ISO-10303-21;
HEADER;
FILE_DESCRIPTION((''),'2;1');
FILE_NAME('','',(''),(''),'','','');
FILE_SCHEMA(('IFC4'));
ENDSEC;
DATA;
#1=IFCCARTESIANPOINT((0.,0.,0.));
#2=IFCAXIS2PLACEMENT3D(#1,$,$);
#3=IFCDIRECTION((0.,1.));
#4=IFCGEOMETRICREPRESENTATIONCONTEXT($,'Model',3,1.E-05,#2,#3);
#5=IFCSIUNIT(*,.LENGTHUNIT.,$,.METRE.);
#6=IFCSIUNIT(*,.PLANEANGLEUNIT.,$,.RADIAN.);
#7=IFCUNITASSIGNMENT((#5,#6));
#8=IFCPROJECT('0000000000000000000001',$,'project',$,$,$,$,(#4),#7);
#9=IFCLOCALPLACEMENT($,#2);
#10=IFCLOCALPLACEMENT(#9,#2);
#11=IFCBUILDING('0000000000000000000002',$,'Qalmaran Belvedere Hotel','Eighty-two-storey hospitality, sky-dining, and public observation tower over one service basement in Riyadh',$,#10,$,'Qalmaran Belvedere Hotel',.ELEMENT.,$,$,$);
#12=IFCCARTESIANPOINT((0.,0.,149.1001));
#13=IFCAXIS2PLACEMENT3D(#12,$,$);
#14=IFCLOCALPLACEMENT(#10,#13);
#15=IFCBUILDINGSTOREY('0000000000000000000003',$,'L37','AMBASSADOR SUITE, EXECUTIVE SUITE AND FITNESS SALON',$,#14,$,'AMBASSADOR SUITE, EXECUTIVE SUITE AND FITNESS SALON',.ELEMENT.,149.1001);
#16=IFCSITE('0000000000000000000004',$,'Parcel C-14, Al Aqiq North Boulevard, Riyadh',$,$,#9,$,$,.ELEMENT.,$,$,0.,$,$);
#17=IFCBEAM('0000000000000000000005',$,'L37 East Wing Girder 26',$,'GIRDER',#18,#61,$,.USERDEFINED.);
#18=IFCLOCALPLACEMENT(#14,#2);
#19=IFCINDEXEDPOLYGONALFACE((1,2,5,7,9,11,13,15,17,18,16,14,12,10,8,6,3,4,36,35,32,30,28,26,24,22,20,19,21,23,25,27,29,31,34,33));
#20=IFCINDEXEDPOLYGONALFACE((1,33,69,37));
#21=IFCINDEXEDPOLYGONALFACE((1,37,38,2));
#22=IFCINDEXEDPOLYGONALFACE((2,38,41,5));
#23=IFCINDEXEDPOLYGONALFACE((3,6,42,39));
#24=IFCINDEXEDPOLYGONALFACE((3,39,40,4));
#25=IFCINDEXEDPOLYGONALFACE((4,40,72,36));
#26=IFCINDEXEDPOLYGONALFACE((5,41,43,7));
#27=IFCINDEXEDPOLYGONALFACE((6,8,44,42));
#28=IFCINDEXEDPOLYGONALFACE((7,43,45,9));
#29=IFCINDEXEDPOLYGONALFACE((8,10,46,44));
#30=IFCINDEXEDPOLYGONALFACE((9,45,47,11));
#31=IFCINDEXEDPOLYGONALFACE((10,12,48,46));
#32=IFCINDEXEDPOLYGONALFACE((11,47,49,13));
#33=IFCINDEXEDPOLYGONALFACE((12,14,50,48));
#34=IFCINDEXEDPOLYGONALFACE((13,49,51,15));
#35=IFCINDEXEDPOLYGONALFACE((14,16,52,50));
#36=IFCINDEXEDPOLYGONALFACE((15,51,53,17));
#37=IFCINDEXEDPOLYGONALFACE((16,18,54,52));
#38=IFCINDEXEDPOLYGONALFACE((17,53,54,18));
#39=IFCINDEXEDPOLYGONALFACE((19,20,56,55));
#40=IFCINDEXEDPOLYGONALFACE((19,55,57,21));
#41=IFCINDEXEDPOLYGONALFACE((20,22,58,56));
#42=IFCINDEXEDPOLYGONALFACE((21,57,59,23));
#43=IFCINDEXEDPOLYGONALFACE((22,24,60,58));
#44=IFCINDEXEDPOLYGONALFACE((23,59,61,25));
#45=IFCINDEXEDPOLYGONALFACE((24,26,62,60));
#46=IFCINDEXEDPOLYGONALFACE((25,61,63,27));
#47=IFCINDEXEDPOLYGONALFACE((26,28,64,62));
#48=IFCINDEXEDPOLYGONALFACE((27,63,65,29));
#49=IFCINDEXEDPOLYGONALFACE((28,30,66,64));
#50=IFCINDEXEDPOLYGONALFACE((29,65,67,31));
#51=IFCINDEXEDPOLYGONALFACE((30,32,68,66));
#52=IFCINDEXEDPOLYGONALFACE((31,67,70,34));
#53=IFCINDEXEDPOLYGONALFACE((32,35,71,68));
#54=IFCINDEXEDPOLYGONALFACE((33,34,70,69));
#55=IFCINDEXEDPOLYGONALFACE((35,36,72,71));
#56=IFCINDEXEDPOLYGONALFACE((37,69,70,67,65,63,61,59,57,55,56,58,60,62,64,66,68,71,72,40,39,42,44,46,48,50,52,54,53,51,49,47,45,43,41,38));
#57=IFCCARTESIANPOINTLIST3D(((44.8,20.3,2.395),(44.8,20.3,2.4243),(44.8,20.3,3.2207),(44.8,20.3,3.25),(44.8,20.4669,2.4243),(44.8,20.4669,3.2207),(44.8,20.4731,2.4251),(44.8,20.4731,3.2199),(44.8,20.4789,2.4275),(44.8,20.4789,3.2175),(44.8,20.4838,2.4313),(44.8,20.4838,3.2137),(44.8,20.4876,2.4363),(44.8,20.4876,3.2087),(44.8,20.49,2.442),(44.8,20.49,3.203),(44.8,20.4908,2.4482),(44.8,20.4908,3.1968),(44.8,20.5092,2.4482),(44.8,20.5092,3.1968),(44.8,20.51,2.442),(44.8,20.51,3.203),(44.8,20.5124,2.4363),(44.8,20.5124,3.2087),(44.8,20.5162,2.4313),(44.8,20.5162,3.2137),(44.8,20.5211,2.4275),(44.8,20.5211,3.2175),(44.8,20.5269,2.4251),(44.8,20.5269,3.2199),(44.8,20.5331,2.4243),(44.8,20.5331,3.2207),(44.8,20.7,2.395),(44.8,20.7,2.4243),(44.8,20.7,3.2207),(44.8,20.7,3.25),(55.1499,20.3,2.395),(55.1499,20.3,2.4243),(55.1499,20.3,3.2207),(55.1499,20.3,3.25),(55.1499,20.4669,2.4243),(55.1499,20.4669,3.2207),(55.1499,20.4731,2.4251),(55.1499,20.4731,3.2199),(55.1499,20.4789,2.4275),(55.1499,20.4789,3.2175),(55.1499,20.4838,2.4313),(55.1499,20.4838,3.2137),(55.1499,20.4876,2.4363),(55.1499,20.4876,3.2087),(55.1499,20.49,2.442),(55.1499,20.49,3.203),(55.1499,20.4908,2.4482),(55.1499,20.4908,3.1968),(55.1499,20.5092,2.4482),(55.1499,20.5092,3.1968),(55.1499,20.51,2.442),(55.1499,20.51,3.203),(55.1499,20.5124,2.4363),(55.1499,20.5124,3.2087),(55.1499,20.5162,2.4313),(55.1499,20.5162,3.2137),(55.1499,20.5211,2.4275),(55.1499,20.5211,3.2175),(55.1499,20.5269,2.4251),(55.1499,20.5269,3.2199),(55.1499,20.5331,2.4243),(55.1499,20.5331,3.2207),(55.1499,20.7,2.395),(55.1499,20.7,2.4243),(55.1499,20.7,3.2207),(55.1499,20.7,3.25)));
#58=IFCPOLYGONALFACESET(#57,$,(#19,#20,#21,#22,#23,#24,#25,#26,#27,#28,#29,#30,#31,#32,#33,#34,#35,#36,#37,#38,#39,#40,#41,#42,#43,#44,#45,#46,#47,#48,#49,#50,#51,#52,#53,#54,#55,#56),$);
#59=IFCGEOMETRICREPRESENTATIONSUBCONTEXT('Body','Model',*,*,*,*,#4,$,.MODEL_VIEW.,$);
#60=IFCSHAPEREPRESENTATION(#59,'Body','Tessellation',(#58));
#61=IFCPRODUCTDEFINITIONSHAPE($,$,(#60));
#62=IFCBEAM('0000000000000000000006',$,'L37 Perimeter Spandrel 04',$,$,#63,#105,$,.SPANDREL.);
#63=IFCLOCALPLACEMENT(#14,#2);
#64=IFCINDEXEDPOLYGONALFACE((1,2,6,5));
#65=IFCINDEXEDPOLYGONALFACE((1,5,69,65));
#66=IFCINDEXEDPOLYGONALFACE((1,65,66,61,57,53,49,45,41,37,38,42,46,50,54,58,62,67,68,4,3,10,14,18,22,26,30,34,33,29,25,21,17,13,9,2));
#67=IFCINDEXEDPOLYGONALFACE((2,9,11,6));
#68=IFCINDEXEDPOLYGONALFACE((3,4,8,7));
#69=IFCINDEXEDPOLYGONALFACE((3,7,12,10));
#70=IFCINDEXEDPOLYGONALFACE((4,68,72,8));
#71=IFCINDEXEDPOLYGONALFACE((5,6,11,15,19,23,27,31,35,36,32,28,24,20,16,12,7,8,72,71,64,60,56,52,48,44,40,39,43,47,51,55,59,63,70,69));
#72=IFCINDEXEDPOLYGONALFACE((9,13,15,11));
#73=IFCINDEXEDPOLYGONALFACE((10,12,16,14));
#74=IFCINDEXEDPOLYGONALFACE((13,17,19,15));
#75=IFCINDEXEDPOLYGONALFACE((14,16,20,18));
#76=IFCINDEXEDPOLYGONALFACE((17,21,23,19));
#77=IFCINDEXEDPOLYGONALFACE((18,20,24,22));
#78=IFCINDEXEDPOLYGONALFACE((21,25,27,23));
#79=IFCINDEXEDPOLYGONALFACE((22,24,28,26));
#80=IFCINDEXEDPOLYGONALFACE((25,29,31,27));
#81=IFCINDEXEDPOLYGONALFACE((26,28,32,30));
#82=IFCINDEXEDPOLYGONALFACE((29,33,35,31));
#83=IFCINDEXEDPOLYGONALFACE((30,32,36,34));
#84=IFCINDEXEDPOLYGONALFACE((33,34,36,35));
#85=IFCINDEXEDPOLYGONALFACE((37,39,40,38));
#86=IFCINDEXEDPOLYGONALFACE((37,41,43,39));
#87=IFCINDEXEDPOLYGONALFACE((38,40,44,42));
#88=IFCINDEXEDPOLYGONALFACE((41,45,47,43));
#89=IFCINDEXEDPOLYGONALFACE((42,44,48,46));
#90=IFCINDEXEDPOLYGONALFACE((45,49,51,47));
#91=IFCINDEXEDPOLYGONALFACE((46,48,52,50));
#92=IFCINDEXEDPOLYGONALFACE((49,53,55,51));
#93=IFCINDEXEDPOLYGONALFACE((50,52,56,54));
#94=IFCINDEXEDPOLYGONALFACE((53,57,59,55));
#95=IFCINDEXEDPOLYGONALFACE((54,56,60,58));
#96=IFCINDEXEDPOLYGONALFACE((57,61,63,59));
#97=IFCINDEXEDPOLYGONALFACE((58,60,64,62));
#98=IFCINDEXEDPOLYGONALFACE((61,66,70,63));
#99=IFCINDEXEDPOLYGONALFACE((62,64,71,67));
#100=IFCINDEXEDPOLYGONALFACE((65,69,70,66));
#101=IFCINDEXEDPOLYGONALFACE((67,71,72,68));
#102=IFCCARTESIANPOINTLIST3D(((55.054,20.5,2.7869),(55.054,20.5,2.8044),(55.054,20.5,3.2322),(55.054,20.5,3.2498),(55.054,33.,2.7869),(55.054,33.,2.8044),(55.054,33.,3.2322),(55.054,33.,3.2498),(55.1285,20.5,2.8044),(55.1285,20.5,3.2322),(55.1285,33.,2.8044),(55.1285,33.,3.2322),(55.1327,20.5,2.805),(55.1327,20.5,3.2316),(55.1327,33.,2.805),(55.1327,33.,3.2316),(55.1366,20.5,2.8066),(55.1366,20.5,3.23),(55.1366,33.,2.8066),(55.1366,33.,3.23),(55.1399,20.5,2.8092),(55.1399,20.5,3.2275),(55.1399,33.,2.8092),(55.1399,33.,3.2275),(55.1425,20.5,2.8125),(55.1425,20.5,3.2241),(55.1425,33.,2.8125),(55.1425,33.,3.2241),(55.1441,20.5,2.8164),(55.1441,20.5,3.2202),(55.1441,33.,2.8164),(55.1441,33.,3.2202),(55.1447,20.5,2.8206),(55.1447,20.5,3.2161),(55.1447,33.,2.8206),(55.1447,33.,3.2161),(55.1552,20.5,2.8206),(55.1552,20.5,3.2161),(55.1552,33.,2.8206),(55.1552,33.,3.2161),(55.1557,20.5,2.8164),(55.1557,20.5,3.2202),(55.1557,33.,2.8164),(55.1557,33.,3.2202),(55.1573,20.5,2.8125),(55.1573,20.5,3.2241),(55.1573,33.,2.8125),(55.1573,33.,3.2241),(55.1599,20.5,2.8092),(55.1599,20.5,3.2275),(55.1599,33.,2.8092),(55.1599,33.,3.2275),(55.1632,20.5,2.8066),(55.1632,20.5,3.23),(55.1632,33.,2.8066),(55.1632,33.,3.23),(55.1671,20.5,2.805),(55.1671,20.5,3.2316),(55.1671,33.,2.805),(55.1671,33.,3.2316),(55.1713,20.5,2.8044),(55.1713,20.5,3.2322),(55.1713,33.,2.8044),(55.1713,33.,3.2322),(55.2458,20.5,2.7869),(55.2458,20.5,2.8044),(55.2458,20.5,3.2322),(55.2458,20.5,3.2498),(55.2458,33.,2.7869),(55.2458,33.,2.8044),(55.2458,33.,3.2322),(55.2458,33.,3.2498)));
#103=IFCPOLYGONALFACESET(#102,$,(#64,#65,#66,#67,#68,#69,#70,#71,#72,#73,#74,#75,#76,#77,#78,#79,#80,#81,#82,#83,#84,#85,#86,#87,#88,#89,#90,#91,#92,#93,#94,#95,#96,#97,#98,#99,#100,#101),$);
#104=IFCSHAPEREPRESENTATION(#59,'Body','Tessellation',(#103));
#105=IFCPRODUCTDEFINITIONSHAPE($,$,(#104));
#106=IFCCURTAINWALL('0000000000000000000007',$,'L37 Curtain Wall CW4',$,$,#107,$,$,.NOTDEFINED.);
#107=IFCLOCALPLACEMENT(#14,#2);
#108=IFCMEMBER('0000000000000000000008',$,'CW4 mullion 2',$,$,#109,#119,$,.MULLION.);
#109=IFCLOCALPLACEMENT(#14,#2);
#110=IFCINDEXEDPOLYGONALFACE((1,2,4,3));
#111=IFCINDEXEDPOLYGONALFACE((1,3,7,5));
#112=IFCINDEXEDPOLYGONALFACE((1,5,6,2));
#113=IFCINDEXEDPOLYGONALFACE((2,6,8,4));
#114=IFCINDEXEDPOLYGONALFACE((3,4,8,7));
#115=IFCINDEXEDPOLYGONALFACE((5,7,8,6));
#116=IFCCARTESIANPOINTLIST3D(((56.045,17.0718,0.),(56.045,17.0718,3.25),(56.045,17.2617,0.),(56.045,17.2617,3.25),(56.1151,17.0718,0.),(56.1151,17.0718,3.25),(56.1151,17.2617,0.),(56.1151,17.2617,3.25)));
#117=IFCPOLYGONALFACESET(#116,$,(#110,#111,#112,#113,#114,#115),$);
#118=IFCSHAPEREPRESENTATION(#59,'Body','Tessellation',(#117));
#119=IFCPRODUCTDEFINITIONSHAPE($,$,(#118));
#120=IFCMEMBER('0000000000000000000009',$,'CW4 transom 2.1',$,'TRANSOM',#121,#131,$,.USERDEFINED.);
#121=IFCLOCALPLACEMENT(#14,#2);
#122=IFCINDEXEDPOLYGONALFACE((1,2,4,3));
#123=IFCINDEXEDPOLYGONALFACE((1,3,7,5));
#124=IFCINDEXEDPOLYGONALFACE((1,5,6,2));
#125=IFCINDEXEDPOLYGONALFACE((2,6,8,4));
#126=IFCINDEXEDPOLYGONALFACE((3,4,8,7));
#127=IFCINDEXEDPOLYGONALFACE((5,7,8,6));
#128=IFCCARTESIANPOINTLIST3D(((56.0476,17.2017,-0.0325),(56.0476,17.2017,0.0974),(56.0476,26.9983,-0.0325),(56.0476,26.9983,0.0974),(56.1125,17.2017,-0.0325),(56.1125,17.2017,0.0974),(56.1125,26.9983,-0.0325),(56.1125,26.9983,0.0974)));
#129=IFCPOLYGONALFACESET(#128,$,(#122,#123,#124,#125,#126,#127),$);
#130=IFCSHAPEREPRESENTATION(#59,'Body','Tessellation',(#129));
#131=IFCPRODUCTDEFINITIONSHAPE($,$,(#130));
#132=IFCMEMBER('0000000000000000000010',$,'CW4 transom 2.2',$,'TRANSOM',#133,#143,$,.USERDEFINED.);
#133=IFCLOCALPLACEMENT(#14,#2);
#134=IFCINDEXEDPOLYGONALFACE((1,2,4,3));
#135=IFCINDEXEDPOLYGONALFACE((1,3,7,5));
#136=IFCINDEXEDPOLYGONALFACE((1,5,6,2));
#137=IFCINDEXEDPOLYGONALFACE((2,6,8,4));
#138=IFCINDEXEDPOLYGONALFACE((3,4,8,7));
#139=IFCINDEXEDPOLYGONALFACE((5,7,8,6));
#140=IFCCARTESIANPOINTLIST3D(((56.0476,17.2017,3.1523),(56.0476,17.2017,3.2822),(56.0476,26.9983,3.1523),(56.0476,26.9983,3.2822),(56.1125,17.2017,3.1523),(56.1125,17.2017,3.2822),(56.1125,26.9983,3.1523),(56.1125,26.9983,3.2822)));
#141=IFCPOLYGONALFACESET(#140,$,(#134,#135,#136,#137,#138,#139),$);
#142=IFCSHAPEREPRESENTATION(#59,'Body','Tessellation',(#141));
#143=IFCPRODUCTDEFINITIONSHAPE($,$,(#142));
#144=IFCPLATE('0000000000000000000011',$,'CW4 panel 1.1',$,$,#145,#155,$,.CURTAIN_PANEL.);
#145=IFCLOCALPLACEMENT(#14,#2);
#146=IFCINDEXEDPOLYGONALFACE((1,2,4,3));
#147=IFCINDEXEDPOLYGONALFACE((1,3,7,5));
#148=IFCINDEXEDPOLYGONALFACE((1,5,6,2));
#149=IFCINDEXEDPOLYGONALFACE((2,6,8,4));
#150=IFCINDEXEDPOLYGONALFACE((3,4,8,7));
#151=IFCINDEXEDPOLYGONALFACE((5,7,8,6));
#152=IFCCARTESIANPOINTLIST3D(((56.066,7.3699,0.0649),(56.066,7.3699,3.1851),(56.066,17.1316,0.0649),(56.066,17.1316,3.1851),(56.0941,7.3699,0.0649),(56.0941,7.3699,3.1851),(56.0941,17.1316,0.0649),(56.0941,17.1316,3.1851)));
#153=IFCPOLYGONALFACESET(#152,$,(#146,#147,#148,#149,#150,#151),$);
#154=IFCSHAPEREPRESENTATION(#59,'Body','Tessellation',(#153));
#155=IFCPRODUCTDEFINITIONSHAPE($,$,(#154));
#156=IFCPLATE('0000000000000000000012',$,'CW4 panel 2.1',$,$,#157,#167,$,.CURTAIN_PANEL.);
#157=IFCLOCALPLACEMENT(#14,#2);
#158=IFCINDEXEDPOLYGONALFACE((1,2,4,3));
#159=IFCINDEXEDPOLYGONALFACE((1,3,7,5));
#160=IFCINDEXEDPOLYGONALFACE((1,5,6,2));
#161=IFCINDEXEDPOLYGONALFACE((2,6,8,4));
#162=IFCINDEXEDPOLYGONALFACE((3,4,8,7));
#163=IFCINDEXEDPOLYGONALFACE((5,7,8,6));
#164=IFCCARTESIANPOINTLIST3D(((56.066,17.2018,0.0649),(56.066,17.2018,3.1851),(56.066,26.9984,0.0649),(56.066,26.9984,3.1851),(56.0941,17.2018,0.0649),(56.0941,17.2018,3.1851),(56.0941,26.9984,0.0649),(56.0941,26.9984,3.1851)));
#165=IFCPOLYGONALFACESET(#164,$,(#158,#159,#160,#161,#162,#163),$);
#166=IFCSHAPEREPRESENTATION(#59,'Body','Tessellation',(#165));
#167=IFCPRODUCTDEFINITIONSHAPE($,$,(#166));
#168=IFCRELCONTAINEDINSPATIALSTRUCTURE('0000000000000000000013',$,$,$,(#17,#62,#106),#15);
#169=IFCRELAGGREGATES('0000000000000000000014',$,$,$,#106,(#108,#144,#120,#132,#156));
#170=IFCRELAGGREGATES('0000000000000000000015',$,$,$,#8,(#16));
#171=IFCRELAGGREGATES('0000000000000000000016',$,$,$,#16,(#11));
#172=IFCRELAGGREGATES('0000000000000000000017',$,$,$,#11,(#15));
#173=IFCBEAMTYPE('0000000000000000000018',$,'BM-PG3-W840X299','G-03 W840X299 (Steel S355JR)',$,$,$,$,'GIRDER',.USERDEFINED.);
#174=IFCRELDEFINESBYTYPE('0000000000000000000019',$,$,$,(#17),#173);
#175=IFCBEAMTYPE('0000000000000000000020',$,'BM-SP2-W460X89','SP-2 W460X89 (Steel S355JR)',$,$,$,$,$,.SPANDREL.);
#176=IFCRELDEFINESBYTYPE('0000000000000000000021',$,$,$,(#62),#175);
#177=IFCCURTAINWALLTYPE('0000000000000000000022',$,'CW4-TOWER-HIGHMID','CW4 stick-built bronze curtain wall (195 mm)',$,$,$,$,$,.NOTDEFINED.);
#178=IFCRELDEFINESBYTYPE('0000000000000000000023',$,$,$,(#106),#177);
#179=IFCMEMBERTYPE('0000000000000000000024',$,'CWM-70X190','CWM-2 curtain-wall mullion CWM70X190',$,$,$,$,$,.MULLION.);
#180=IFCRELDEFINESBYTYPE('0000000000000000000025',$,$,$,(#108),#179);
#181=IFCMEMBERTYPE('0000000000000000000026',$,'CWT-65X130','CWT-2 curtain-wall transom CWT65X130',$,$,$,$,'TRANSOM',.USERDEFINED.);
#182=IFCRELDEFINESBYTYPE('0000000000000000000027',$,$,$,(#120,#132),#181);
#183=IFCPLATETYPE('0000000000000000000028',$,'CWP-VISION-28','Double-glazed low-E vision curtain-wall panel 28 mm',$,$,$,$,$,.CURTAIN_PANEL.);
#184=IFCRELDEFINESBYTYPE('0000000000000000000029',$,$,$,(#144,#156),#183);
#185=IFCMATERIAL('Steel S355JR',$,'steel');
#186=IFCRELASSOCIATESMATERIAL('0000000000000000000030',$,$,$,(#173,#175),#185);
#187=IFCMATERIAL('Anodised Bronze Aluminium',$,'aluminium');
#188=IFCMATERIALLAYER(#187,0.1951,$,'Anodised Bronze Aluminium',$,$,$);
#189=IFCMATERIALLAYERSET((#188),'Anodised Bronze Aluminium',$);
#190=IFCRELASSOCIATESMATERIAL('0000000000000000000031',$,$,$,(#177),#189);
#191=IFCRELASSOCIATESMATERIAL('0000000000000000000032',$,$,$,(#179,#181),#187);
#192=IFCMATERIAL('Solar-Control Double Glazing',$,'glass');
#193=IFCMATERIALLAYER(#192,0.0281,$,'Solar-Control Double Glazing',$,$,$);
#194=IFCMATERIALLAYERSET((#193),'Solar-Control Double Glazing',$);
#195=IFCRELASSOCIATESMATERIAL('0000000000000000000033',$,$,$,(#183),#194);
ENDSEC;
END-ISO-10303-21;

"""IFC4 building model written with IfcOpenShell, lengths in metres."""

from ifc_helpers import new_model, si_unit, direction, frame, origin, origin_2d, place, context, subcontext, project, spatial, rectangle, i_section, extrude, material, layer, layer_set, material_profile, profile_set, type_object, element, aggregate, save


model = new_model("IFC4")

# Units and contexts
model_context = context("Model", 3, precision=1e-05, world=origin(), true_north=direction((0.0, 1.0)))
body_context = subcontext(model_context, "Body", "Model", "MODEL_VIEW")
ifc_project = project(units=[si_unit("LENGTHUNIT", "METRE"), si_unit("PLANEANGLEUNIT", "RADIAN")], contexts=[model_context])

# Site, building, storey
site_placement = place(None, origin())
site = spatial("IfcSite", under=ifc_project, at=site_placement, Name="Parcel C-14, Al Aqiq North Boulevard, Riyadh", CompositionType="ELEMENT", RefElevation=0.0)
building_placement = place(site_placement, origin())
building = spatial("IfcBuilding", under=site, at=building_placement, Name="Qalmaran Belvedere Hotel", Description="Eighty-two-storey hospitality, sky-dining, and public observation tower over one service basement in Riyadh", LongName="Qalmaran Belvedere Hotel", CompositionType="ELEMENT")
storey_placement = place(building_placement, frame((0.0, 0.0, 149.1001)))
storey = spatial("IfcBuildingStorey", under=building, at=storey_placement, Name="L37", Description="AMBASSADOR SUITE, EXECUTIVE SUITE AND FITNESS SALON", LongName="AMBASSADOR SUITE, EXECUTIVE SUITE AND FITNESS SALON", CompositionType="ELEMENT", Elevation=149.1001)

# Beams
ifc_material_1 = material(Name="Steel S355JR", Category="steel")
ifc_material_profile_1 = material_profile(ifc_material_1, i_section(OverallWidth=0.3999, OverallDepth=0.855, WebThickness=0.0183, FlangeThickness=0.0293, FilletRadius=0.0239, at=origin_2d()), Name="W840X299")
ifc_profile_set_1 = profile_set([ifc_material_profile_1], Name="Steel S355JR")
beam_type_1 = type_object("IfcBeamType", Name="BM-PG3-W840X299", Description="G-03 W840X299 (Steel S355JR)", ElementType="GIRDER", PredefinedType="USERDEFINED", material=ifc_profile_set_1)
beam_1_placement = place(storey_placement, frame((44.8, 20.5, 2.8225), z_axis=(1.0, 0.0, 0.0), x_axis=(0.0, 1.0, 0.0)))
element("IfcBeam", 1, at=beam_1_placement, inside=storey, type_object=beam_type_1, Name="L37 East Wing Girder 26", ObjectType="GIRDER", PredefinedType="USERDEFINED", context=body_context, shape_type="SweptSolid", body=[
    extrude(i_section(OverallWidth=0.3999, OverallDepth=0.855, WebThickness=0.0183, FlangeThickness=0.0293, FilletRadius=0.0239, at=origin_2d()), origin(), (0.0, 0.0, 1.0), 10.3499),
])
ifc_material_profile_2 = material_profile(ifc_material_1, i_section(OverallWidth=0.1919, OverallDepth=0.4629, WebThickness=0.0105, FlangeThickness=0.0176, FilletRadius=0.0161, at=origin_2d()), Name="W460X89")
ifc_profile_set_2 = profile_set([ifc_material_profile_2], Name="Steel S355JR")
beam_type_2 = type_object("IfcBeamType", Name="BM-SP2-W460X89", Description="SP-2 W460X89 (Steel S355JR)", PredefinedType="SPANDREL", material=ifc_profile_set_2)
beam_2_placement = place(storey_placement, frame((55.1499, 20.5, 3.0183), z_axis=(0.0, 1.0, 0.0), x_axis=(-1.0, 0.0, 0.0)))
element("IfcBeam", 2, at=beam_2_placement, inside=storey, type_object=beam_type_2, Name="L37 Perimeter Spandrel 04", PredefinedType="SPANDREL", context=body_context, shape_type="SweptSolid", body=[
    extrude(i_section(OverallWidth=0.1919, OverallDepth=0.4629, WebThickness=0.0105, FlangeThickness=0.0176, FilletRadius=0.0161, at=origin_2d()), origin(), (0.0, 0.0, 1.0), 12.5),
])

# Curtain wall, members, plates
ifc_material_2 = material(Name="Anodised Bronze Aluminium", Category="aluminium")
ifc_layer_1 = layer(ifc_material_2, 0.1951, Name="Anodised Bronze Aluminium")
ifc_layer_set_1 = layer_set([ifc_layer_1], Name="Anodised Bronze Aluminium")
curtain_wall_type = type_object("IfcCurtainWallType", Name="CW4-TOWER-HIGHMID", Description="CW4 stick-built bronze curtain wall (195 mm)", PredefinedType="NOTDEFINED", material=ifc_layer_set_1)
curtain_wall_placement = place(storey_placement, origin())
curtain_wall = element("IfcCurtainWall", 3, at=curtain_wall_placement, inside=storey, type_object=curtain_wall_type, Name="L37 Curtain Wall CW4", PredefinedType="NOTDEFINED")
ifc_material_profile_3 = material_profile(ifc_material_2, rectangle(XDim=0.0701, YDim=0.1899, at=origin_2d()), Name="CWM70X190")
ifc_profile_set_3 = profile_set([ifc_material_profile_3], Name="Anodised Bronze Aluminium")
member_type_1 = type_object("IfcMemberType", Name="CWM-70X190", Description="CWM-2 curtain-wall mullion CWM70X190", PredefinedType="MULLION", material=ifc_profile_set_3)
member_1_placement = place(storey_placement, frame((56.0801, 17.1667, 0.0), z_axis=(0.0, 0.0, 1.0), x_axis=(-1.0, 0.0, 0.0)))
member_1 = element("IfcMember", 4, at=member_1_placement, type_object=member_type_1, Name="CW4 mullion 2", PredefinedType="MULLION", context=body_context, shape_type="SweptSolid", body=[
    extrude(rectangle(XDim=0.0701, YDim=0.1899, at=origin_2d()), origin(), (0.0, 0.0, 1.0), 3.25),
])
ifc_material_profile_4 = material_profile(ifc_material_2, rectangle(XDim=0.0649, YDim=0.1299, at=origin_2d()), Name="CWT65X130")
ifc_profile_set_4 = profile_set([ifc_material_profile_4], Name="Anodised Bronze Aluminium")
member_type_2 = type_object("IfcMemberType", Name="CWT-65X130", Description="CWT-2 curtain-wall transom CWT65X130", ElementType="TRANSOM", PredefinedType="USERDEFINED", material=ifc_profile_set_4)
member_2_placement = place(storey_placement, frame((56.0801, 17.2017, 0.0325), z_axis=(0.0, 1.0, 0.0), x_axis=(-1.0, 0.0, 0.0)))
member_2 = element("IfcMember", 5, at=member_2_placement, type_object=member_type_2, Name="CW4 transom 2.1", ObjectType="TRANSOM", PredefinedType="USERDEFINED", context=body_context, shape_type="SweptSolid", body=[
    extrude(rectangle(XDim=0.0649, YDim=0.1299, at=origin_2d()), origin(), (0.0, 0.0, 1.0), 9.7966),
])
member_3_placement = place(storey_placement, frame((56.0801, 17.2017, 3.2173), z_axis=(0.0, 1.0, 0.0), x_axis=(-1.0, 0.0, 0.0)))
member_3 = element("IfcMember", 6, at=member_3_placement, type_object=member_type_2, Name="CW4 transom 2.2", ObjectType="TRANSOM", PredefinedType="USERDEFINED", context=body_context, shape_type="SweptSolid", body=[
    extrude(rectangle(XDim=0.0649, YDim=0.1299, at=origin_2d()), origin(), (0.0, 0.0, 1.0), 9.7966),
])
ifc_material_3 = material(Name="Solar-Control Double Glazing", Category="glass")
ifc_layer_2 = layer(ifc_material_3, 0.0281, Name="Solar-Control Double Glazing")
ifc_layer_set_2 = layer_set([ifc_layer_2], Name="Solar-Control Double Glazing")
plate_type = type_object("IfcPlateType", Name="CWP-VISION-28", Description="Double-glazed low-E vision curtain-wall panel 28 mm", PredefinedType="CURTAIN_PANEL", material=ifc_layer_set_2)
plate_1_placement = place(storey_placement, frame((56.0801, 12.2507, 0.0649), z_axis=(0.0, 0.0, 1.0), x_axis=(0.0, 1.0, 0.0)))
plate_1 = element("IfcPlate", 7, at=plate_1_placement, type_object=plate_type, Name="CW4 panel 1.1", PredefinedType="CURTAIN_PANEL", context=body_context, shape_type="SweptSolid", body=[
    extrude(rectangle(XDim=9.7617, YDim=0.0281, at=origin_2d()), origin(), (0.0, 0.0, 1.0), 3.1201),
])
plate_2_placement = place(storey_placement, frame((56.0801, 22.1001, 0.0649), z_axis=(0.0, 0.0, 1.0), x_axis=(0.0, 1.0, 0.0)))
plate_2 = element("IfcPlate", 8, at=plate_2_placement, type_object=plate_type, Name="CW4 panel 2.1", PredefinedType="CURTAIN_PANEL", context=body_context, shape_type="SweptSolid", body=[
    extrude(rectangle(XDim=9.7966, YDim=0.0281, at=origin_2d()), origin(), (0.0, 0.0, 1.0), 3.1201),
])
aggregate(curtain_wall, [member_1, plate_1, member_2, member_3, plate_2])

save(model, "model.ifc")
